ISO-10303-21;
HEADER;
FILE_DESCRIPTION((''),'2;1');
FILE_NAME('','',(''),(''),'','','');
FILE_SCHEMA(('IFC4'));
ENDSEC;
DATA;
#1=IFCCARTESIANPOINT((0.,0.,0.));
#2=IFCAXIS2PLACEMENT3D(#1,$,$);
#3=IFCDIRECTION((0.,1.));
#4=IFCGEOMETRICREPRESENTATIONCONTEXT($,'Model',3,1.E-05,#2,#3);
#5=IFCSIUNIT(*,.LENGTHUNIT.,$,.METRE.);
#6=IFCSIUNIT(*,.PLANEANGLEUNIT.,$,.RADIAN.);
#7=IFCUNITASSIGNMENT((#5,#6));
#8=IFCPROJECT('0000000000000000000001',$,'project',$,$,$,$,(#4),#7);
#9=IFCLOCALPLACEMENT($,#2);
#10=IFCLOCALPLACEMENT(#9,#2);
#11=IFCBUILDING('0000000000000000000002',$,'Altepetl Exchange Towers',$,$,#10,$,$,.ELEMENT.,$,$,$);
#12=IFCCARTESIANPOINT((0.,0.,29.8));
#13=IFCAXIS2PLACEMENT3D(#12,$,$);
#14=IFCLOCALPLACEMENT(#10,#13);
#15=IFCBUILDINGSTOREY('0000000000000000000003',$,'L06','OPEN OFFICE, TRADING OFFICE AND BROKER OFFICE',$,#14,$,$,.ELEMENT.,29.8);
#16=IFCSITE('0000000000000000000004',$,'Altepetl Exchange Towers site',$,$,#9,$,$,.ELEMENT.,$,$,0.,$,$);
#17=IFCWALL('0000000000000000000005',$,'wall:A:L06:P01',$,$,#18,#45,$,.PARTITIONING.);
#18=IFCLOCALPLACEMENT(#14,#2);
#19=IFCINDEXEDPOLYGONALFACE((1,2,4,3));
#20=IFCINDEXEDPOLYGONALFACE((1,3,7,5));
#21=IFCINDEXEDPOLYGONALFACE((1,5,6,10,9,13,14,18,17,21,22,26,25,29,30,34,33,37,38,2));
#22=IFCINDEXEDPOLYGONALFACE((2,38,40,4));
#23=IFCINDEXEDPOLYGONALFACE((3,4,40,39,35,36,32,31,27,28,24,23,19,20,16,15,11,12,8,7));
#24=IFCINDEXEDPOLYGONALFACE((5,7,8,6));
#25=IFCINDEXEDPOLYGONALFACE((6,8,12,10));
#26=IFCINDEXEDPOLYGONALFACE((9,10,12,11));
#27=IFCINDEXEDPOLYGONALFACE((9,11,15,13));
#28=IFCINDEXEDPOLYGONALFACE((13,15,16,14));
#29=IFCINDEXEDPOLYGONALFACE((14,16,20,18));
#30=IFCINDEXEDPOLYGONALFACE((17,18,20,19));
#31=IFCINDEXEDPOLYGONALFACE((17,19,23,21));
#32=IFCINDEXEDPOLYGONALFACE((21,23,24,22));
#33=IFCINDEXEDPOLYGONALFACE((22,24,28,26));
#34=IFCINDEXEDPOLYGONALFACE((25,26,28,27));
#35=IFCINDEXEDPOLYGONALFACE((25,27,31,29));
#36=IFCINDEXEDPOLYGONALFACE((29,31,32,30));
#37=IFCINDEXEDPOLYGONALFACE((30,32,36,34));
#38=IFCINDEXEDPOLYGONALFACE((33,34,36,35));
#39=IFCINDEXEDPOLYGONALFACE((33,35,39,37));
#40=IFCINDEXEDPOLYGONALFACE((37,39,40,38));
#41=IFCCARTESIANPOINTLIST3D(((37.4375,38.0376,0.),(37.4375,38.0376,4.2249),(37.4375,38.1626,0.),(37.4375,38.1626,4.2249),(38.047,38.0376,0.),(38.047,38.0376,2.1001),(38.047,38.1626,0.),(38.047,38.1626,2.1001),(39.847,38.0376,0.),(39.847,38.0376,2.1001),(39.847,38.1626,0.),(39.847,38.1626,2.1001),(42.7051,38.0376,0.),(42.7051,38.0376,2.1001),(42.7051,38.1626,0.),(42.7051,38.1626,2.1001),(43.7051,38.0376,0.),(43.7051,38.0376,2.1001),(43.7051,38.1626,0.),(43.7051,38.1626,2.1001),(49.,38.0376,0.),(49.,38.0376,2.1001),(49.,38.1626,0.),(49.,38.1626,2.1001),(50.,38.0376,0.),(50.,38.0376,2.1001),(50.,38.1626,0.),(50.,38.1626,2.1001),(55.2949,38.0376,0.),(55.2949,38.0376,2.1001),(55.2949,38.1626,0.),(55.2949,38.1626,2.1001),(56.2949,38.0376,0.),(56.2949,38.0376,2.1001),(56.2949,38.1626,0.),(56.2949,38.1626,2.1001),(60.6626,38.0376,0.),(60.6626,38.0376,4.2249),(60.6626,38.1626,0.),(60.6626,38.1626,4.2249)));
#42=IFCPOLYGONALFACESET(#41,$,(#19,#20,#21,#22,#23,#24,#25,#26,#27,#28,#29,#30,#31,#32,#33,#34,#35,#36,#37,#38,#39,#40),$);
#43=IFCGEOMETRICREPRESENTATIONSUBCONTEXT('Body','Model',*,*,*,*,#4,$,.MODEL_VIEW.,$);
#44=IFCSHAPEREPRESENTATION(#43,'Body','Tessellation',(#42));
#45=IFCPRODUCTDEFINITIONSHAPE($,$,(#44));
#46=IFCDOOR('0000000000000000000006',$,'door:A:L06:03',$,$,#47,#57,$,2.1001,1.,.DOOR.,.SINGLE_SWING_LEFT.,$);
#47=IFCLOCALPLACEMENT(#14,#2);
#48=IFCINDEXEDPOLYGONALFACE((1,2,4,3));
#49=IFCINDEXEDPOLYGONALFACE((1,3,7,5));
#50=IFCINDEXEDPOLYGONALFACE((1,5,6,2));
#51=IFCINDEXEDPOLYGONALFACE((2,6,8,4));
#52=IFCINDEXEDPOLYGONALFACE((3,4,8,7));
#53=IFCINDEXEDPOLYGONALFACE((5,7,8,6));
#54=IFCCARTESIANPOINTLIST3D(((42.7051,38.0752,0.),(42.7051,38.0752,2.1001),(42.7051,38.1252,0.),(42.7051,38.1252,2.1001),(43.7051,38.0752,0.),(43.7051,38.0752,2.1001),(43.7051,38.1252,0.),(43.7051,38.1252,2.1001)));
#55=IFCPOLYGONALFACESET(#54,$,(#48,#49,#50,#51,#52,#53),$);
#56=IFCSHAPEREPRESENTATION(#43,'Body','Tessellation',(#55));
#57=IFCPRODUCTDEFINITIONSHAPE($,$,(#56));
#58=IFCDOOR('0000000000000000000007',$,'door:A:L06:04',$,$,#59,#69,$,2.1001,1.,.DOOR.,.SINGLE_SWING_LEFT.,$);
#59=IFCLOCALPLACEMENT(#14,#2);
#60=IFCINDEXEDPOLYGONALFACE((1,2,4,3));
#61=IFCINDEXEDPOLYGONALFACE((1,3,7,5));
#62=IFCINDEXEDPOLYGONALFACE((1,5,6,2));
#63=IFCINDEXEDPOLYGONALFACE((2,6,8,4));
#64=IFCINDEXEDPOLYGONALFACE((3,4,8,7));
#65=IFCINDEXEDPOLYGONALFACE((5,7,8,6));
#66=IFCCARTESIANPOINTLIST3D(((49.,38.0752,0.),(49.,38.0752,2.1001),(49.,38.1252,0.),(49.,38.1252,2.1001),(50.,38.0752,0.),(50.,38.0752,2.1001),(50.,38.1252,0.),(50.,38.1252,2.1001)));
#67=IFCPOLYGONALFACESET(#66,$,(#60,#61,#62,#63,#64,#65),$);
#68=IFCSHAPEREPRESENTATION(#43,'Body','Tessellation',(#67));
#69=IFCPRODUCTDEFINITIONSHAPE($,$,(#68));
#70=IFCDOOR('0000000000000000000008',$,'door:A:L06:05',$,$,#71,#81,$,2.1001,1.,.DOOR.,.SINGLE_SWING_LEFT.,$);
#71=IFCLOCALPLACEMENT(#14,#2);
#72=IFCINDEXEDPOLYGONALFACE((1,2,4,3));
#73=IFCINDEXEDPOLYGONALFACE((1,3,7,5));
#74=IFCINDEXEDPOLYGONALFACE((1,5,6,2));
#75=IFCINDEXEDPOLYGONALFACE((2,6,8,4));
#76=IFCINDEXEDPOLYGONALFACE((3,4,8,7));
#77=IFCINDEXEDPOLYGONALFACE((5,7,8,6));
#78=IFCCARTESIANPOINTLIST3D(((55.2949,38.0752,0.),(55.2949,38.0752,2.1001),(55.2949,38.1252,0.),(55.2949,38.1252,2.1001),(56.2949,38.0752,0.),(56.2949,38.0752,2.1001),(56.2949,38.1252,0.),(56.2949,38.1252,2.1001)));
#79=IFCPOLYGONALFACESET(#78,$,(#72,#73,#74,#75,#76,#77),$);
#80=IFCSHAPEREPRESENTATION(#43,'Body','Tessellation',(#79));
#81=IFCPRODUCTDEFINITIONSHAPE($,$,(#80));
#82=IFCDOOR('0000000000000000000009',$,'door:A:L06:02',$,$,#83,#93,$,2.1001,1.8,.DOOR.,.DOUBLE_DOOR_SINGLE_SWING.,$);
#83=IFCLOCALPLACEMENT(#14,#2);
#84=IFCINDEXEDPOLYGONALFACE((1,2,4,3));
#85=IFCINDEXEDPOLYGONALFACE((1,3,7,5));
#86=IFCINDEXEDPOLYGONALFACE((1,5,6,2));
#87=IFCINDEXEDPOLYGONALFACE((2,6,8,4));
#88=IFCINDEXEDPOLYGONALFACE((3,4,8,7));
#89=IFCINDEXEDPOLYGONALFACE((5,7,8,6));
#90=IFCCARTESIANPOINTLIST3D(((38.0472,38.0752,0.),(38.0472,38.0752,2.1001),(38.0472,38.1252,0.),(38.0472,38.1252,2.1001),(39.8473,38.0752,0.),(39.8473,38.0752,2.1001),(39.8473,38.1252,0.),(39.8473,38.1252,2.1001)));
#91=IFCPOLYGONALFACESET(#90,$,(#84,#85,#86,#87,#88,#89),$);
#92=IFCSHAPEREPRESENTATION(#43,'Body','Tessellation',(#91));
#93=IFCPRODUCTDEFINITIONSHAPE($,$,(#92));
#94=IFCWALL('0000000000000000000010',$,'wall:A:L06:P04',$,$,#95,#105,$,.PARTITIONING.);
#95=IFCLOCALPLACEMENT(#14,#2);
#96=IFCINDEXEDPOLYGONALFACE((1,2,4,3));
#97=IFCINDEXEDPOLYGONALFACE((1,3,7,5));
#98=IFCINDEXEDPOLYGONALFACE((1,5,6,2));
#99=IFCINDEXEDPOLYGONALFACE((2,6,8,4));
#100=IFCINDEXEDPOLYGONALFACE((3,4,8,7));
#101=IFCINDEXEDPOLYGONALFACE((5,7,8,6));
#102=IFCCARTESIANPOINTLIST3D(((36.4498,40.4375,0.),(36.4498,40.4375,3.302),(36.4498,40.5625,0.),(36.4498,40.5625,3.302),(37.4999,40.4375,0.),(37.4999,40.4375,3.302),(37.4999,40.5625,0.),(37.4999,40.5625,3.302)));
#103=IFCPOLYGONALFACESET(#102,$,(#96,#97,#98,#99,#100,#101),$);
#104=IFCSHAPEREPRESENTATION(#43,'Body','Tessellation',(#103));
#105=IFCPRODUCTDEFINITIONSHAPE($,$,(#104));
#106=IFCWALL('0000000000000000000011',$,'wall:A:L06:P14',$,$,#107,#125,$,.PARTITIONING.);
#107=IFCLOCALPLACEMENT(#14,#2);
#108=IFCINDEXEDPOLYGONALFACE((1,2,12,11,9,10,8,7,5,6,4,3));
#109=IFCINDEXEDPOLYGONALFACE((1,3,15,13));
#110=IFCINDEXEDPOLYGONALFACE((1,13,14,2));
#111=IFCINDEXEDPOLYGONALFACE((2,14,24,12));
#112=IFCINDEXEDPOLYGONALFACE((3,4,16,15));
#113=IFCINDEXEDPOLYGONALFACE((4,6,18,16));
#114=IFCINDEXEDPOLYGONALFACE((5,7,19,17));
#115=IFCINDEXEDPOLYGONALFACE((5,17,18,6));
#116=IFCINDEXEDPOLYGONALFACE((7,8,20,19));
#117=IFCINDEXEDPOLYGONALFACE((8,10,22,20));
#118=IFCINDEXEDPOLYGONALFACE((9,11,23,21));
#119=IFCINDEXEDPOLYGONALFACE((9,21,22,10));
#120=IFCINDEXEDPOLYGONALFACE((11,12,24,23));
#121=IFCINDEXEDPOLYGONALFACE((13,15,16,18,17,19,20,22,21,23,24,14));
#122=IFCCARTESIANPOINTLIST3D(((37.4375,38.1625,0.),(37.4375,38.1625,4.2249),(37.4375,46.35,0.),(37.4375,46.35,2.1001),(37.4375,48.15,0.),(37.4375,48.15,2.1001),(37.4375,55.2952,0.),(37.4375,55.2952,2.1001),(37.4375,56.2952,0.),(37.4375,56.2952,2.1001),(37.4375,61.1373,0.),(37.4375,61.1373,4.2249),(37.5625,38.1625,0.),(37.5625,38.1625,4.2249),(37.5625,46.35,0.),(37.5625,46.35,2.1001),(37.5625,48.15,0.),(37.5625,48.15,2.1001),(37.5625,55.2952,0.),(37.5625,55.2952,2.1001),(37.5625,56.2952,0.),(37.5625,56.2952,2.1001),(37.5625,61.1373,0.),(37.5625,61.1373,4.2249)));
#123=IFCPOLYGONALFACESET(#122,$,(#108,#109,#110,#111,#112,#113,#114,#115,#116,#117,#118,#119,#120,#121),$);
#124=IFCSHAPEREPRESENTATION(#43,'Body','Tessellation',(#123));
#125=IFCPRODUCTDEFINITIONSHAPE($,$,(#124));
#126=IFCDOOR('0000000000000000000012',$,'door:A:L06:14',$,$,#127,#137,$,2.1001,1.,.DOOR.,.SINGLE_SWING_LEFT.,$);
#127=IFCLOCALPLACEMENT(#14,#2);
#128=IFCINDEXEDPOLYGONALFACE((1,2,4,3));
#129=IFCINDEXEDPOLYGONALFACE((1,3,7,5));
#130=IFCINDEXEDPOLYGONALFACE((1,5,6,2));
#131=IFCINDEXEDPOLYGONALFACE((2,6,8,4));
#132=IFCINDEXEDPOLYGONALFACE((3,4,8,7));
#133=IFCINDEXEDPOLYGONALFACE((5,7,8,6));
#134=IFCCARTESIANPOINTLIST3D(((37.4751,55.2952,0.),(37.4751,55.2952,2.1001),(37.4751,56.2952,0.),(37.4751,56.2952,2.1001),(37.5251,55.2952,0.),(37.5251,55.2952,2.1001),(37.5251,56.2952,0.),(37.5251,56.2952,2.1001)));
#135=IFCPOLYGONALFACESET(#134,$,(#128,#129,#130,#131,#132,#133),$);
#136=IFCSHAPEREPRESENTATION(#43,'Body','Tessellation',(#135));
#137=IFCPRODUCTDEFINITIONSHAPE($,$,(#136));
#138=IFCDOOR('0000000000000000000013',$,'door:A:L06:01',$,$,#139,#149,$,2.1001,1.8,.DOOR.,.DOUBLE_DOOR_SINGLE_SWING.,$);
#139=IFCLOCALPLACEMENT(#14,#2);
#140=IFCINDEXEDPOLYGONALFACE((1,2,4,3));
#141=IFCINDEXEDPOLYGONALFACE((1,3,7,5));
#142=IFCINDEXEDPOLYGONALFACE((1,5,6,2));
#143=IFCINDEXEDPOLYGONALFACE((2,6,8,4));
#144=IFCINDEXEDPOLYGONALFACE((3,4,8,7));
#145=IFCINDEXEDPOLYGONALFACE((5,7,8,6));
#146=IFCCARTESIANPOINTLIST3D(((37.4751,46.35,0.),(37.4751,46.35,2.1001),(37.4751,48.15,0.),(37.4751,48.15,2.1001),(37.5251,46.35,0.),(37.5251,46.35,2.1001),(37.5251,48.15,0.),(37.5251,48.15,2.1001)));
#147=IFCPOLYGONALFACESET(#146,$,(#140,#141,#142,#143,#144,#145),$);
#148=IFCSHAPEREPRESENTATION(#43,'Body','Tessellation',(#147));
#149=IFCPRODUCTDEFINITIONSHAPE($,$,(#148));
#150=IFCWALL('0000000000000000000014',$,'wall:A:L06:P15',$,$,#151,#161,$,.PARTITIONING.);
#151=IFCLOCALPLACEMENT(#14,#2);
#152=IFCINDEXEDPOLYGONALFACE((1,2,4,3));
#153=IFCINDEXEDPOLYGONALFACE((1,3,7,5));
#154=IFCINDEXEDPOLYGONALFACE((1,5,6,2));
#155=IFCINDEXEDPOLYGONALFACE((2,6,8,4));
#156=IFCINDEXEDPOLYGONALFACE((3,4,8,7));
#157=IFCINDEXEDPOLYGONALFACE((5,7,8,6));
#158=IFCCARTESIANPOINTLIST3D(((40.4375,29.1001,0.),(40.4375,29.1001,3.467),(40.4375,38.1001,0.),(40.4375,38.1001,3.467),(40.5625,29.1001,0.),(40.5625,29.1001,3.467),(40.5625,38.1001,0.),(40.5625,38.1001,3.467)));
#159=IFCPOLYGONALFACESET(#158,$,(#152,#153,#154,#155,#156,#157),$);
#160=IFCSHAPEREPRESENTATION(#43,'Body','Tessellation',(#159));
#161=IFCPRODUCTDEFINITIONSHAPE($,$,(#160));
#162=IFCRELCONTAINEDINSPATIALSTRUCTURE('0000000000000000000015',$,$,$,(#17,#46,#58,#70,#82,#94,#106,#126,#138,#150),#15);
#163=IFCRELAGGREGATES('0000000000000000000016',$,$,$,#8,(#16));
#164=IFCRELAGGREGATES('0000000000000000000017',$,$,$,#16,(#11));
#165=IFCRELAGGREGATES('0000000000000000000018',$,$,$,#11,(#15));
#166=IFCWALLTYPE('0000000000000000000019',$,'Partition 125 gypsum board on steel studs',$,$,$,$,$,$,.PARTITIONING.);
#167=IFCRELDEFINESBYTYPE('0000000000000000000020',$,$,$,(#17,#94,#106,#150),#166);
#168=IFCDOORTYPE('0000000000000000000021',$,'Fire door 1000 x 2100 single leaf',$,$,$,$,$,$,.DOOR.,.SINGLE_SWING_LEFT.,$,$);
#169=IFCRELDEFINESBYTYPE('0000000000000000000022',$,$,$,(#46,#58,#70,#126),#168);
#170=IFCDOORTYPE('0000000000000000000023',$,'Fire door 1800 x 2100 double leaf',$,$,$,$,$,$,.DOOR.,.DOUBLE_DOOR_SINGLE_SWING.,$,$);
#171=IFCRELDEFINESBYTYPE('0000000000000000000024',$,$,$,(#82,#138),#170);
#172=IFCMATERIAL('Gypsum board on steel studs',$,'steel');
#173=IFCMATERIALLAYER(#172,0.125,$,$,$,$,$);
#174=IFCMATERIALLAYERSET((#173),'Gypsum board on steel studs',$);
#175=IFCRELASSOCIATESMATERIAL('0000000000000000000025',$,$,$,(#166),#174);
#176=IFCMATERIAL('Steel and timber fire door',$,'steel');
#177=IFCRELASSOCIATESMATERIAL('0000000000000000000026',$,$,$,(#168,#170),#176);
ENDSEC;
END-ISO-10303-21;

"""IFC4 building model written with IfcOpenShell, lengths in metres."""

from ifc_helpers import new_model, si_unit, direction, frame, frame_2d, origin, place, context, subcontext, project, spatial, rectangle, extrude, material, layer, layer_set, type_object, element, fill, save


model = new_model("IFC4")

# Units and contexts
model_context = context("Model", 3, precision=1e-05, world=origin(), true_north=direction((0.0, 1.0)))
body_context = subcontext(model_context, "Body", "Model", "MODEL_VIEW")
ifc_project = project(units=[si_unit("LENGTHUNIT", "METRE"), si_unit("PLANEANGLEUNIT", "RADIAN")], contexts=[model_context])

# Site, building, storey
site_placement = place(None, origin())
site = spatial("IfcSite", under=ifc_project, at=site_placement, Name="Altepetl Exchange Towers site", CompositionType="ELEMENT", RefElevation=0.0)
building_placement = place(site_placement, origin())
building = spatial("IfcBuilding", under=site, at=building_placement, Name="Altepetl Exchange Towers", CompositionType="ELEMENT")
storey_placement = place(building_placement, frame((0.0, 0.0, 29.8)))
storey = spatial("IfcBuildingStorey", under=building, at=storey_placement, Name="L06", Description="OPEN OFFICE, TRADING OFFICE AND BROKER OFFICE", CompositionType="ELEMENT", Elevation=29.8)

# Wall, openings, doors
ifc_material_1 = material(Name="Steel and timber fire door", Category="steel")
ifc_material_2 = material(Name="Gypsum board on steel studs", Category="steel")
ifc_layer_1 = layer(ifc_material_2, 0.125)
ifc_layer_set_1 = layer_set([ifc_layer_1], Name="Gypsum board on steel studs")
wall_type_1 = type_object("IfcWallType", Name="Partition 125 gypsum board on steel studs", PredefinedType="PARTITIONING", material=ifc_layer_set_1)
wall_1_placement = place(storey_placement, frame((37.4375, 38.1001, 0.0)))
wall_1 = element("IfcWall", 1, at=wall_1_placement, inside=storey, type_object=wall_type_1, Name="wall:A:L06:P01", PredefinedType="PARTITIONING", context=body_context, shape_type="SweptSolid", body=[
    extrude(rectangle(XDim=23.2251, YDim=0.125, at=frame_2d((11.6125, 0.0))), origin(), (0.0, 0.0, 1.0), 4.2249),
])
opening_1_placement = place(wall_1_placement, frame((0.6096, 0.0, 0.0)))
opening_1 = element("IfcOpeningElement", 2, at=opening_1_placement, cuts=wall_1, PredefinedType="OPENING", context=body_context, shape_type="SweptSolid", body=[
    extrude(rectangle(XDim=1.8, YDim=2.1001, at=frame_2d((0.8999, 1.05))), frame((0.0, 0.0725, 0.0), z_axis=(0.0, -1.0, 0.0), x_axis=(1.0, 0.0, 0.0)), (0.0, 0.0, 1.0), 0.145),
])
opening_2_placement = place(wall_1_placement, frame((5.2676, 0.0, 0.0)))
opening_2 = element("IfcOpeningElement", 3, at=opening_2_placement, cuts=wall_1, PredefinedType="OPENING", context=body_context, shape_type="SweptSolid", body=[
    extrude(rectangle(XDim=1.0, YDim=2.1001, at=frame_2d((0.5, 1.05))), frame((0.0, 0.0725, 0.0), z_axis=(0.0, -1.0, 0.0), x_axis=(1.0, 0.0, 0.0)), (0.0, 0.0, 1.0), 0.145),
])
opening_3_placement = place(wall_1_placement, frame((11.5625, 0.0, 0.0)))
opening_3 = element("IfcOpeningElement", 4, at=opening_3_placement, cuts=wall_1, PredefinedType="OPENING", context=body_context, shape_type="SweptSolid", body=[
    extrude(rectangle(XDim=1.0, YDim=2.1001, at=frame_2d((0.5, 1.05))), frame((0.0, 0.0725, 0.0), z_axis=(0.0, -1.0, 0.0), x_axis=(1.0, 0.0, 0.0)), (0.0, 0.0, 1.0), 0.145),
])
opening_4_placement = place(wall_1_placement, frame((17.8574, 0.0, 0.0)))
opening_4 = element("IfcOpeningElement", 5, at=opening_4_placement, cuts=wall_1, PredefinedType="OPENING", context=body_context, shape_type="SweptSolid", body=[
    extrude(rectangle(XDim=1.0, YDim=2.1001, at=frame_2d((0.5, 1.05))), frame((0.0, 0.0725, 0.0), z_axis=(0.0, -1.0, 0.0), x_axis=(1.0, 0.0, 0.0)), (0.0, 0.0, 1.0), 0.145),
])
door_type_1 = type_object("IfcDoorType", Name="Fire door 1000 x 2100 single leaf", OperationType="SINGLE_SWING_LEFT", PredefinedType="DOOR", material=ifc_material_1)
door_1_placement = place(opening_2_placement, frame((1.0, 0.0, 0.0), x_axis=(-1.0, 0.0, 0.0)))
door_1 = element("IfcDoor", 6, at=door_1_placement, inside=storey, type_object=door_type_1, Name="door:A:L06:03", OperationType="SINGLE_SWING_LEFT", OverallHeight=2.1001, OverallWidth=1.0, PredefinedType="DOOR", context=body_context, shape_type="SweptSolid", body=[
    extrude(rectangle(XDim=1.0, YDim=2.1001, at=frame_2d((0.5, 1.05))), frame((0.0, 0.0249, 0.0), z_axis=(0.0, -1.0, 0.0), x_axis=(1.0, 0.0, 0.0)), (0.0, 0.0, 1.0), 0.05),
])
fill(opening_2, door_1)
door_2_placement = place(opening_3_placement, frame((1.0, 0.0, 0.0), x_axis=(-1.0, 0.0, 0.0)))
door_2 = element("IfcDoor", 7, at=door_2_placement, inside=storey, type_object=door_type_1, Name="door:A:L06:04", OperationType="SINGLE_SWING_LEFT", OverallHeight=2.1001, OverallWidth=1.0, PredefinedType="DOOR", context=body_context, shape_type="SweptSolid", body=[
    extrude(rectangle(XDim=1.0, YDim=2.1001, at=frame_2d((0.5, 1.05))), frame((0.0, 0.0249, 0.0), z_axis=(0.0, -1.0, 0.0), x_axis=(1.0, 0.0, 0.0)), (0.0, 0.0, 1.0), 0.05),
])
fill(opening_3, door_2)
door_3_placement = place(opening_4_placement, frame((1.0, 0.0, 0.0), x_axis=(-1.0, 0.0, 0.0)))
door_3 = element("IfcDoor", 8, at=door_3_placement, inside=storey, type_object=door_type_1, Name="door:A:L06:05", OperationType="SINGLE_SWING_LEFT", OverallHeight=2.1001, OverallWidth=1.0, PredefinedType="DOOR", context=body_context, shape_type="SweptSolid", body=[
    extrude(rectangle(XDim=1.0, YDim=2.1001, at=frame_2d((0.5, 1.05))), frame((0.0, 0.0249, 0.0), z_axis=(0.0, -1.0, 0.0), x_axis=(1.0, 0.0, 0.0)), (0.0, 0.0, 1.0), 0.05),
])
fill(opening_4, door_3)
door_type_2 = type_object("IfcDoorType", Name="Fire door 1800 x 2100 double leaf", OperationType="DOUBLE_DOOR_SINGLE_SWING", PredefinedType="DOOR", material=ifc_material_1)
door_4_placement = place(opening_1_placement, frame((1.8, 0.0, 0.0), x_axis=(-1.0, 0.0, 0.0)))
door_4 = element("IfcDoor", 9, at=door_4_placement, inside=storey, type_object=door_type_2, Name="door:A:L06:02", OperationType="DOUBLE_DOOR_SINGLE_SWING", OverallHeight=2.1001, OverallWidth=1.8, PredefinedType="DOOR", context=body_context, shape_type="SweptSolid", body=[
    extrude(rectangle(XDim=1.8, YDim=2.1001, at=frame_2d((0.8999, 1.05))), frame((0.0, 0.0249, 0.0), z_axis=(0.0, -1.0, 0.0), x_axis=(1.0, 0.0, 0.0)), (0.0, 0.0, 1.0), 0.05),
])
fill(opening_1, door_4)

# Wall
wall_2_placement = place(storey_placement, frame((36.45, 40.5, 0.0)))
element("IfcWall", 10, at=wall_2_placement, inside=storey, type_object=wall_type_1, Name="wall:A:L06:P04", PredefinedType="PARTITIONING", context=body_context, shape_type="SweptSolid", body=[
    extrude(rectangle(XDim=1.05, YDim=0.125, at=frame_2d((0.5249, 0.0))), origin(), (0.0, 0.0, 1.0), 3.302),
])

# Wall, openings, doors
wall_3_placement = place(storey_placement, frame((37.5, 38.1626, 0.0), z_axis=(0.0, 0.0, 1.0), x_axis=(0.0, 1.0, 0.0)))
wall_3 = element("IfcWall", 11, at=wall_3_placement, inside=storey, type_object=wall_type_1, Name="wall:A:L06:P14", PredefinedType="PARTITIONING", context=body_context, shape_type="SweptSolid", body=[
    extrude(rectangle(XDim=22.9749, YDim=0.125, at=frame_2d((11.4873, 0.0))), origin(), (0.0, 0.0, 1.0), 4.2249),
])
opening_5_placement = place(wall_3_placement, frame((8.1875, 0.0, 0.0)))
opening_5 = element("IfcOpeningElement", 12, at=opening_5_placement, cuts=wall_3, PredefinedType="OPENING", context=body_context, shape_type="SweptSolid", body=[
    extrude(rectangle(XDim=1.8, YDim=2.1001, at=frame_2d((0.8999, 1.05))), frame((0.0, 0.0725, 0.0), z_axis=(0.0, -1.0, 0.0), x_axis=(1.0, 0.0, 0.0)), (0.0, 0.0, 1.0), 0.145),
])
opening_6_placement = place(wall_3_placement, frame((17.1326, 0.0, 0.0)))
opening_6 = element("IfcOpeningElement", 13, at=opening_6_placement, cuts=wall_3, PredefinedType="OPENING", context=body_context, shape_type="SweptSolid", body=[
    extrude(rectangle(XDim=1.0, YDim=2.1001, at=frame_2d((0.5, 1.05))), frame((0.0, 0.0725, 0.0), z_axis=(0.0, -1.0, 0.0), x_axis=(1.0, 0.0, 0.0)), (0.0, 0.0, 1.0), 0.145),
])
door_5_placement = place(opening_6_placement, origin())
door_5 = element("IfcDoor", 14, at=door_5_placement, inside=storey, type_object=door_type_1, Name="door:A:L06:14", OperationType="SINGLE_SWING_LEFT", OverallHeight=2.1001, OverallWidth=1.0, PredefinedType="DOOR", context=body_context, shape_type="SweptSolid", body=[
    extrude(rectangle(XDim=1.0, YDim=2.1001, at=frame_2d((0.5, 1.05))), frame((0.0, 0.0249, 0.0), z_axis=(0.0, -1.0, 0.0), x_axis=(1.0, 0.0, 0.0)), (0.0, 0.0, 1.0), 0.05),
])
fill(opening_6, door_5)
door_6_placement = place(opening_5_placement, origin())
door_6 = element("IfcDoor", 15, at=door_6_placement, inside=storey, type_object=door_type_2, Name="door:A:L06:01", OperationType="DOUBLE_DOOR_SINGLE_SWING", OverallHeight=2.1001, OverallWidth=1.8, PredefinedType="DOOR", context=body_context, shape_type="SweptSolid", body=[
    extrude(rectangle(XDim=1.8, YDim=2.1001, at=frame_2d((0.8999, 1.05))), frame((0.0, 0.0249, 0.0), z_axis=(0.0, -1.0, 0.0), x_axis=(1.0, 0.0, 0.0)), (0.0, 0.0, 1.0), 0.05),
])
fill(opening_5, door_6)

# Wall
wall_4_placement = place(storey_placement, frame((40.5, 29.1001, 0.0), z_axis=(0.0, 0.0, 1.0), x_axis=(0.0, 1.0, 0.0)))
element("IfcWall", 16, at=wall_4_placement, inside=storey, type_object=wall_type_1, Name="wall:A:L06:P15", PredefinedType="PARTITIONING", context=body_context, shape_type="SweptSolid", body=[
    extrude(rectangle(XDim=9.0, YDim=0.125, at=frame_2d((4.5, 0.0))), origin(), (0.0, 0.0, 1.0), 3.467),
])

save(model, "model.ifc")
